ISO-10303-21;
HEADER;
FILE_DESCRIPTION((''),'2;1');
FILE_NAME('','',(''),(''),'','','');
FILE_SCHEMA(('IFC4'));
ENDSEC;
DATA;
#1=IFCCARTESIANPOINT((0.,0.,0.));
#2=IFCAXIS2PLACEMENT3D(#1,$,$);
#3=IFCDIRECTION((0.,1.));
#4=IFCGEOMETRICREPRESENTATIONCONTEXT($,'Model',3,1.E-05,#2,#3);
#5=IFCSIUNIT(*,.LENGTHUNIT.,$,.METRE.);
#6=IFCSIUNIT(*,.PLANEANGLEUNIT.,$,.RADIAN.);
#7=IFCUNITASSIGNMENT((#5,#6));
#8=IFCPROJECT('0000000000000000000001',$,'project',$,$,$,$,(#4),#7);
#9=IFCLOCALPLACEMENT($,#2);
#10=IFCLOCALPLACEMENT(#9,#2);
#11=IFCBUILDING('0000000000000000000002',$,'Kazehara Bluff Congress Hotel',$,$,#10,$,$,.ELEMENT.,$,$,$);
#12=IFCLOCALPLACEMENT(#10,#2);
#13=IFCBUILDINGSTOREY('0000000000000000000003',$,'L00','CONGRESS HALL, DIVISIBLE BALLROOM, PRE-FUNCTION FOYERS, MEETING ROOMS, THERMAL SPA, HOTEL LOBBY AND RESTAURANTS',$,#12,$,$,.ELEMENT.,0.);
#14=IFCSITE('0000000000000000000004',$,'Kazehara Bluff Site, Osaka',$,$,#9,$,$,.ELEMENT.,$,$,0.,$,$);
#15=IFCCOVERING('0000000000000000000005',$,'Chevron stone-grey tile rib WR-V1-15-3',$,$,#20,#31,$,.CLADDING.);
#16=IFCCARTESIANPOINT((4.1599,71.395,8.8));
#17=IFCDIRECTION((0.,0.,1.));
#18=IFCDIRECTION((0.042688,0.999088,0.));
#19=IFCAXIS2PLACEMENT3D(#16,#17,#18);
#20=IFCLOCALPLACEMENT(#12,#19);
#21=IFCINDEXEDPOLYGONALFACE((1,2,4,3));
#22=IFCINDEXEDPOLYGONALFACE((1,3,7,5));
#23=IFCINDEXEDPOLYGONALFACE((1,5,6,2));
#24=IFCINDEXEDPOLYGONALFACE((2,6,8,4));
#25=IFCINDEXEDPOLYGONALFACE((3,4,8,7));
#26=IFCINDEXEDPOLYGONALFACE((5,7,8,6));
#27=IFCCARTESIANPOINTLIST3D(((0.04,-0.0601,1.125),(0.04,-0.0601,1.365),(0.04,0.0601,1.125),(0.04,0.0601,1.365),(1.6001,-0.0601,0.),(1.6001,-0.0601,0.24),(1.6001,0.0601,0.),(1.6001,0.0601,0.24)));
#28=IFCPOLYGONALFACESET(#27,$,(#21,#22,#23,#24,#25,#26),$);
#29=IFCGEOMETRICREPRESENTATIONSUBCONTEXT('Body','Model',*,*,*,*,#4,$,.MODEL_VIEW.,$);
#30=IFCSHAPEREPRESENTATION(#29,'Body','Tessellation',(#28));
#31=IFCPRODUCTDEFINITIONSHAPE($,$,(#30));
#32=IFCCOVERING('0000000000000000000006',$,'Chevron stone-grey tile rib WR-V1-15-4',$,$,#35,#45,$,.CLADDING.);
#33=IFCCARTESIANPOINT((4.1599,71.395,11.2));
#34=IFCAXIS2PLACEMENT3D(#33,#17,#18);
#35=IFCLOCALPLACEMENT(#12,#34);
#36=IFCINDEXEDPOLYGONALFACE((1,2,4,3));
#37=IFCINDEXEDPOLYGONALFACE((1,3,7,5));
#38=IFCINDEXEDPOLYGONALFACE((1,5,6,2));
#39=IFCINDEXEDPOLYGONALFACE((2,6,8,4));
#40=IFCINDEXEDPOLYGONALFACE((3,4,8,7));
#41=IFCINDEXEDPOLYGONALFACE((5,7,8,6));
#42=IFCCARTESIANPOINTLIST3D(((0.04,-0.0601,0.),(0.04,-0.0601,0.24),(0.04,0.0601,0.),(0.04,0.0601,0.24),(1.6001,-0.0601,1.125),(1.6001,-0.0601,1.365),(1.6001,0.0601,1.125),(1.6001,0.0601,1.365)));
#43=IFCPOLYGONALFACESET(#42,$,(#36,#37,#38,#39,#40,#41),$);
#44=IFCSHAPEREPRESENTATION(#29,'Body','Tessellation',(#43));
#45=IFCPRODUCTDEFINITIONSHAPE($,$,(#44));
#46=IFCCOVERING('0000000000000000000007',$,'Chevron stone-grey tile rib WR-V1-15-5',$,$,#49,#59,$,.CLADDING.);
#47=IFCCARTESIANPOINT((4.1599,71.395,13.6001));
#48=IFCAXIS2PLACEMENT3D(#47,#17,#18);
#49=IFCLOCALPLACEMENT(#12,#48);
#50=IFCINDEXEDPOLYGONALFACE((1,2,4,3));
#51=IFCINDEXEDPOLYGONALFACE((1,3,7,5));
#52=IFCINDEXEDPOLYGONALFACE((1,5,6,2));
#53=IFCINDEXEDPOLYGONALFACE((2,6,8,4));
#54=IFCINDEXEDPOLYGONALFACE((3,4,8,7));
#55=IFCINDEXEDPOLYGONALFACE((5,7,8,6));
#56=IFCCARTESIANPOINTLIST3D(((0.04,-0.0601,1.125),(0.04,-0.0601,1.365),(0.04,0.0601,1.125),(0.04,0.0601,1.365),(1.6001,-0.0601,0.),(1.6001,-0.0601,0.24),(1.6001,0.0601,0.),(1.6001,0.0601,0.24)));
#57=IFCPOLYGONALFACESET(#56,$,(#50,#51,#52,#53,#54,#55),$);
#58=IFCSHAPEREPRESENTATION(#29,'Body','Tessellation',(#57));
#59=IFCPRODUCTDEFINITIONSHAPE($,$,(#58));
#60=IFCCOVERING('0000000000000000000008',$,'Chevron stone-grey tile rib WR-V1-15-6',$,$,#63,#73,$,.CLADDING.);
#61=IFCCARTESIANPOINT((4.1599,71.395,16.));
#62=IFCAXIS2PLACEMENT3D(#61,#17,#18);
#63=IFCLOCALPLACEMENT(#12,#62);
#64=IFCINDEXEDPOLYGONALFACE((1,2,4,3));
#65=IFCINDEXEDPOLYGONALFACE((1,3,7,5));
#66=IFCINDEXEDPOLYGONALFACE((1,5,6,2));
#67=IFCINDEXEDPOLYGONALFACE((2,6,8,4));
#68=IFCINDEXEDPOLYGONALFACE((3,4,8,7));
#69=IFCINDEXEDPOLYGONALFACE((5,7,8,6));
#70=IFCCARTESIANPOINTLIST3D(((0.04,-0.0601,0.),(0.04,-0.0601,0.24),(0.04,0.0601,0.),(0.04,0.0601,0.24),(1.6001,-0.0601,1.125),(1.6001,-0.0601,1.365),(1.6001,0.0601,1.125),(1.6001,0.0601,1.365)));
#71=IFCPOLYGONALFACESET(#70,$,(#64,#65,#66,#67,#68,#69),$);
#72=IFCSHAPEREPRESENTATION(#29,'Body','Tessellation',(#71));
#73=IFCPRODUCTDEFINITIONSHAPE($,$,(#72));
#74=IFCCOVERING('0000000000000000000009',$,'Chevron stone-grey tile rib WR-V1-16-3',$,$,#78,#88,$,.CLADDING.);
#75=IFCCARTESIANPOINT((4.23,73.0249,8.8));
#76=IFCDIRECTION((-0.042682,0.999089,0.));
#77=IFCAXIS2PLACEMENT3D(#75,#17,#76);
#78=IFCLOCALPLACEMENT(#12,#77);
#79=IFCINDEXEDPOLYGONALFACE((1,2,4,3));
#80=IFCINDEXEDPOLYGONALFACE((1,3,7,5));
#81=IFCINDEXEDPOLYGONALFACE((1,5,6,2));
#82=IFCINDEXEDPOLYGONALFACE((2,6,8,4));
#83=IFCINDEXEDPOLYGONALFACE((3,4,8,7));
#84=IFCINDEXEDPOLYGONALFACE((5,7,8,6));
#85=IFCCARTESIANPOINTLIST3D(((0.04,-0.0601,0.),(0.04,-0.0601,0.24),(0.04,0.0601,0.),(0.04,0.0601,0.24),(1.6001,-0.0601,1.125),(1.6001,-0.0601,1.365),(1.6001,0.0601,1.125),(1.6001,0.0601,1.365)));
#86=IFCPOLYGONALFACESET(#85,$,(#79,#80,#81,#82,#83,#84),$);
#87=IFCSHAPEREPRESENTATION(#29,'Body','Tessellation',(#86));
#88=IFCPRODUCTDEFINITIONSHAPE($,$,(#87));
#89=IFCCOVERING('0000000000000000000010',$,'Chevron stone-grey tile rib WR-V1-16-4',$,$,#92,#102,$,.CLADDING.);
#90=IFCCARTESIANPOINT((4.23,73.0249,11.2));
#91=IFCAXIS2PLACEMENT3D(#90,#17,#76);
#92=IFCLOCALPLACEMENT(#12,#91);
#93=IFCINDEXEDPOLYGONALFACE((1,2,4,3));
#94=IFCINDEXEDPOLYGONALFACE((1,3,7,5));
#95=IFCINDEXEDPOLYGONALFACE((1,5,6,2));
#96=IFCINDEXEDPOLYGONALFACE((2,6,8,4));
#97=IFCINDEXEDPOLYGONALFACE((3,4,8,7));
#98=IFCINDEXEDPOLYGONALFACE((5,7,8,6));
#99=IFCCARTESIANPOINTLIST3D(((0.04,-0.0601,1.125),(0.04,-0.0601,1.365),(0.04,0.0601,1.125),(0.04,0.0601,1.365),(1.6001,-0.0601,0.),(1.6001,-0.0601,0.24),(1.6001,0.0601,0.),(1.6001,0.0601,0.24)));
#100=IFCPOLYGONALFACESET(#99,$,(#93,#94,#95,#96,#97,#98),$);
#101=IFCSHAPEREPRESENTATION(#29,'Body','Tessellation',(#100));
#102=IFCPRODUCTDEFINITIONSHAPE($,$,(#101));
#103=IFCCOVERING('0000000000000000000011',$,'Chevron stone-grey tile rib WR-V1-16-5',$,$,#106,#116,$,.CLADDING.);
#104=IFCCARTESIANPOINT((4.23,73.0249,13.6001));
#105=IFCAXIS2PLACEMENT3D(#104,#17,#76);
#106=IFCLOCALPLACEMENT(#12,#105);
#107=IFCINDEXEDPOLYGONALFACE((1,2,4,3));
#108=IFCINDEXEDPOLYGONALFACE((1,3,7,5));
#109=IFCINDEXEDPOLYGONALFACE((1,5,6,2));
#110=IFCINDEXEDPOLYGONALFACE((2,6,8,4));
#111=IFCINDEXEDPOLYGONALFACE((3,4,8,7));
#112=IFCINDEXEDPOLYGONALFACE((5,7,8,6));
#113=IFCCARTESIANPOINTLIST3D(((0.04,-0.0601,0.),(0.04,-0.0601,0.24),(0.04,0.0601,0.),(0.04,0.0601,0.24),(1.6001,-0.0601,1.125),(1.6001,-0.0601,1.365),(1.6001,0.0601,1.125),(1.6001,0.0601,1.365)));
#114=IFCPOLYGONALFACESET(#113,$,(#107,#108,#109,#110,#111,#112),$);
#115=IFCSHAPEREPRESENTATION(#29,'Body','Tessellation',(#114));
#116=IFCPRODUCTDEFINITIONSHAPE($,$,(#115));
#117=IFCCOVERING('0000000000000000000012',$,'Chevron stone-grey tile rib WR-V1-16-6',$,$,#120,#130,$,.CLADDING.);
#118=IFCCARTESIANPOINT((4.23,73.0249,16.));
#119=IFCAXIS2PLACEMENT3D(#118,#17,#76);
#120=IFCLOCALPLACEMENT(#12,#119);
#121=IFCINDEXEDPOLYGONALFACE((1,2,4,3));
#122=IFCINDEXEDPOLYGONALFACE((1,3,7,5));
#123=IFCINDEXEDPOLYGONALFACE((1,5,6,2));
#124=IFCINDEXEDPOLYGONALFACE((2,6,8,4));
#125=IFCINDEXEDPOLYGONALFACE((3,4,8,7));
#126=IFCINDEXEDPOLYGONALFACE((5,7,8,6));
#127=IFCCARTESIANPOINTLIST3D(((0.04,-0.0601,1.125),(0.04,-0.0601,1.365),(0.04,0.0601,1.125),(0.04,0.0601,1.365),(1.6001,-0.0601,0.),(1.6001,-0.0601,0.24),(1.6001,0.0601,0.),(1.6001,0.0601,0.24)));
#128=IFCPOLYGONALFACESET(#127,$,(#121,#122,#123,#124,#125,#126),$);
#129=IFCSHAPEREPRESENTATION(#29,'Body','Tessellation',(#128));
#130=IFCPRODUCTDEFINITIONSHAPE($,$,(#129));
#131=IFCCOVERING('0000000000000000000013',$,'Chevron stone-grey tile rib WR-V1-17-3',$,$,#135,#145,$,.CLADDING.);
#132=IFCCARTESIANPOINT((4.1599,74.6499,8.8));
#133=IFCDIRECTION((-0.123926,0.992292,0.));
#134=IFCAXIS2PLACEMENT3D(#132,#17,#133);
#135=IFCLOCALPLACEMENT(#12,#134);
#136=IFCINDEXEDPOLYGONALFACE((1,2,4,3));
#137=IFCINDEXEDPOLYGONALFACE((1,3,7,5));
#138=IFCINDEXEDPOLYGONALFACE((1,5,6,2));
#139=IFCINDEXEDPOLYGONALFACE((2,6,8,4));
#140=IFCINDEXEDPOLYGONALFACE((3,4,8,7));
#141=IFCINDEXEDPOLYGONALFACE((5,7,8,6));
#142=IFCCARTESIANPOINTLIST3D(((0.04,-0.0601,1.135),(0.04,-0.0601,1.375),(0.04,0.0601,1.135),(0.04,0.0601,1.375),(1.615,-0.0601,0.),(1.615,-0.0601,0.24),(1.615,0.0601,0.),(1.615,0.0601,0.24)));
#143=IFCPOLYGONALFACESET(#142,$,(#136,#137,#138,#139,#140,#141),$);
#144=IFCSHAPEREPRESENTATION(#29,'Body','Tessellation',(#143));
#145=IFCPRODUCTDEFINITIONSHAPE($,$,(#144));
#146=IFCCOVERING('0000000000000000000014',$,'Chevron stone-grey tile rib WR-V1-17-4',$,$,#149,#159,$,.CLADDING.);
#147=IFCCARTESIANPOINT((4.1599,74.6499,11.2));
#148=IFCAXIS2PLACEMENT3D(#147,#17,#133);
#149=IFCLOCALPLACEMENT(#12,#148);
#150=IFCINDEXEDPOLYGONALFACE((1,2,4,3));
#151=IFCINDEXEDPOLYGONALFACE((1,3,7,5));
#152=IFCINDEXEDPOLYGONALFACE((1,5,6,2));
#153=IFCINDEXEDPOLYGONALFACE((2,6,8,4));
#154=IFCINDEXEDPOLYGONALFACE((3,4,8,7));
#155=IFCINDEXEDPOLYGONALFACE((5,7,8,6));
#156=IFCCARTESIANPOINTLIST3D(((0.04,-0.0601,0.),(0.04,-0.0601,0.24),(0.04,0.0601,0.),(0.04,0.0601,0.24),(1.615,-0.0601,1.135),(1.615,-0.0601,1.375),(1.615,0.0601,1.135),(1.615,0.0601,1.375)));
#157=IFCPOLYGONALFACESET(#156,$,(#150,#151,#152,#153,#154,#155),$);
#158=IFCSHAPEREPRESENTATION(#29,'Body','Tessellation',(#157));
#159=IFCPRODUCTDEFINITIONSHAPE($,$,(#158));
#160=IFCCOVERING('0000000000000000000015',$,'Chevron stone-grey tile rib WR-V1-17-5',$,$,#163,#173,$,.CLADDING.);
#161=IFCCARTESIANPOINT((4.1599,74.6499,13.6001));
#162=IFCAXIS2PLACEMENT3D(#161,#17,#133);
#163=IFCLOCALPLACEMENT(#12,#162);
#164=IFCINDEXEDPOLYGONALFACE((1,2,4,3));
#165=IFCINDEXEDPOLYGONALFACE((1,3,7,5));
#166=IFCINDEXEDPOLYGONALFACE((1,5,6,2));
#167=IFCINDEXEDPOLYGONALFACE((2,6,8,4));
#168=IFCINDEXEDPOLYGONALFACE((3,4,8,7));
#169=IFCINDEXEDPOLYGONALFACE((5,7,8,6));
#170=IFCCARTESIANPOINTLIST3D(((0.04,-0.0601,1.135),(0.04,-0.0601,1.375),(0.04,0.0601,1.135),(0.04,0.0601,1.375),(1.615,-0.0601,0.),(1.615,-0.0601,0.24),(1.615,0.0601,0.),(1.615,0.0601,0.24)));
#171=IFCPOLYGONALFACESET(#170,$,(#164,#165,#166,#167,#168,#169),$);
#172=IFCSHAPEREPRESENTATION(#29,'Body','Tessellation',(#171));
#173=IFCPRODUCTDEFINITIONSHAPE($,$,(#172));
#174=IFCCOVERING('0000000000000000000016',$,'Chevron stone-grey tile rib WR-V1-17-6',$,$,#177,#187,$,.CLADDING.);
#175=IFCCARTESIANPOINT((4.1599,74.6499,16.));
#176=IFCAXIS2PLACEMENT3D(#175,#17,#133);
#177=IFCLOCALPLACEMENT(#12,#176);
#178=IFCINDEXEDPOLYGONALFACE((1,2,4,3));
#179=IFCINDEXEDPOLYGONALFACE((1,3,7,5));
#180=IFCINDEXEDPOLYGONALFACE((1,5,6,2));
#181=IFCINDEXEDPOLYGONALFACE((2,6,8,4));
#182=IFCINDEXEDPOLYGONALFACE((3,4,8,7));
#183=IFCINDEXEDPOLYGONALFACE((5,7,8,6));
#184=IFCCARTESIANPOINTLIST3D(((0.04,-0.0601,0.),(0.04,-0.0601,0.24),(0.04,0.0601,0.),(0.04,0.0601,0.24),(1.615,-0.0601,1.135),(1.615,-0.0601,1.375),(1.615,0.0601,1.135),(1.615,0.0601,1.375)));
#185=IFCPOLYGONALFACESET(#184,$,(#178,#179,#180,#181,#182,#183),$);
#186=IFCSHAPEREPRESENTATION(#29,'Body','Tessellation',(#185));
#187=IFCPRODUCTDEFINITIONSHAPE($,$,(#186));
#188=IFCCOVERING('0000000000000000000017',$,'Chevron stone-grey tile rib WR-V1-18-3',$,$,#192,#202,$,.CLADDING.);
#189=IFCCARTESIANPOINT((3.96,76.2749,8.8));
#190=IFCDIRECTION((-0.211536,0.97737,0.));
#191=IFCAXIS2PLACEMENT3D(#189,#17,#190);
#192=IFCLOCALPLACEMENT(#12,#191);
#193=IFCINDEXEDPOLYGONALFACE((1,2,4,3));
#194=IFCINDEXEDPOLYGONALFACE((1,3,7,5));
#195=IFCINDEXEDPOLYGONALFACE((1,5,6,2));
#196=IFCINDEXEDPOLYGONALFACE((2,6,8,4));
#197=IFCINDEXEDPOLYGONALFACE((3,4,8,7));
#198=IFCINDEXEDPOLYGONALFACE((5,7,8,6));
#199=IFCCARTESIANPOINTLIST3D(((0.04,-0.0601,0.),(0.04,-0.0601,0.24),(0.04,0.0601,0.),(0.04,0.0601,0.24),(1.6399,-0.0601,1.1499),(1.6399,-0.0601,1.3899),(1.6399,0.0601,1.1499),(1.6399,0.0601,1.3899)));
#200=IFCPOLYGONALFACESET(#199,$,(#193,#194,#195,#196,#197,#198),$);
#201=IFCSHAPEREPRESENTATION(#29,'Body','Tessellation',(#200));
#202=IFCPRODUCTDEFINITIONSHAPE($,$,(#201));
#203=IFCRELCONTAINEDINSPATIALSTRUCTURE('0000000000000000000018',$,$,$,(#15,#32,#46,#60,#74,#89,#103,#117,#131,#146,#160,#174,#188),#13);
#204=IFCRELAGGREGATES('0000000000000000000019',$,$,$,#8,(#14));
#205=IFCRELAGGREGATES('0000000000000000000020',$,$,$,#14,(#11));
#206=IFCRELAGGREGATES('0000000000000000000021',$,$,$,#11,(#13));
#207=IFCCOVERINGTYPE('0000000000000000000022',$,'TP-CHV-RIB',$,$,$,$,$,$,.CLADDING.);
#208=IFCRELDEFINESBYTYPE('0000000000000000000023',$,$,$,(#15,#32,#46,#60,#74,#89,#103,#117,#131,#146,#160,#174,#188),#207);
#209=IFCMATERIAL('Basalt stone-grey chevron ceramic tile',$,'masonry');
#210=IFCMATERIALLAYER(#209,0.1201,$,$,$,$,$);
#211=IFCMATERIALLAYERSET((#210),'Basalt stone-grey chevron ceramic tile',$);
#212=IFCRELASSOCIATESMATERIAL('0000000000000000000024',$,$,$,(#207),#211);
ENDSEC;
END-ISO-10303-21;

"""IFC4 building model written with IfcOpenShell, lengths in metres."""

from ifc_helpers import new_model, si_unit, direction, frame, origin, place, context, subcontext, project, spatial, polyline, outline, extrude, material, layer, layer_set, type_object, element, save


model = new_model("IFC4")

# Units and contexts
model_context = context("Model", 3, precision=1e-05, world=origin(), true_north=direction((0.0, 1.0)))
body_context = subcontext(model_context, "Body", "Model", "MODEL_VIEW")
ifc_project = project(units=[si_unit("LENGTHUNIT", "METRE"), si_unit("PLANEANGLEUNIT", "RADIAN")], contexts=[model_context])

# Site, building, storey
site_placement = place(None, origin())
site = spatial("IfcSite", under=ifc_project, at=site_placement, Name="Kazehara Bluff Site, Osaka", CompositionType="ELEMENT", RefElevation=0.0)
building_placement = place(site_placement, origin())
building = spatial("IfcBuilding", under=site, at=building_placement, Name="Kazehara Bluff Congress Hotel", CompositionType="ELEMENT")
storey_placement = place(building_placement, origin())
storey = spatial("IfcBuildingStorey", under=building, at=storey_placement, Name="L00", Description="CONGRESS HALL, DIVISIBLE BALLROOM, PRE-FUNCTION FOYERS, MEETING ROOMS, THERMAL SPA, HOTEL LOBBY AND RESTAURANTS", CompositionType="ELEMENT", Elevation=0.0)

# Coverings
ifc_material = material(Name="Basalt stone-grey chevron ceramic tile", Category="masonry")
ifc_layer = layer(ifc_material, 0.1201)
ifc_layer_set = layer_set([ifc_layer], Name="Basalt stone-grey chevron ceramic tile")
covering_type = type_object("IfcCoveringType", Name="TP-CHV-RIB", PredefinedType="CLADDING", material=ifc_layer_set)
covering_1_placement = place(storey_placement, frame((4.1599, 71.395, 8.8), z_axis=(0.0, 0.0, 1.0), x_axis=(0.042688, 0.999088, 0.0)))
element("IfcCovering", 1, at=covering_1_placement, inside=storey, type_object=covering_type, Name="Chevron stone-grey tile rib WR-V1-15-3", PredefinedType="CLADDING", context=body_context, shape_type="SweptSolid", body=[
    extrude(outline(polyline([(0.04, 1.125), (1.6001, 0.0), (1.6001, 0.24), (0.04, 1.365), (0.04, 1.125)])), frame((0.0, 0.0601, 0.0), z_axis=(0.0, -1.0, 0.0), x_axis=(1.0, 0.0, 0.0)), (0.0, 0.0, 1.0), 0.1201),
])
covering_2_placement = place(storey_placement, frame((4.1599, 71.395, 11.2), z_axis=(0.0, 0.0, 1.0), x_axis=(0.042688, 0.999088, 0.0)))
element("IfcCovering", 2, at=covering_2_placement, inside=storey, type_object=covering_type, Name="Chevron stone-grey tile rib WR-V1-15-4", PredefinedType="CLADDING", context=body_context, shape_type="SweptSolid", body=[
    extrude(outline(polyline([(0.04, 0.0), (1.6001, 1.125), (1.6001, 1.365), (0.04, 0.24), (0.04, 0.0)])), frame((0.0, 0.0601, 0.0), z_axis=(0.0, -1.0, 0.0), x_axis=(1.0, 0.0, 0.0)), (0.0, 0.0, 1.0), 0.1201),
])
covering_3_placement = place(storey_placement, frame((4.1599, 71.395, 13.6001), z_axis=(0.0, 0.0, 1.0), x_axis=(0.042688, 0.999088, 0.0)))
element("IfcCovering", 3, at=covering_3_placement, inside=storey, type_object=covering_type, Name="Chevron stone-grey tile rib WR-V1-15-5", PredefinedType="CLADDING", context=body_context, shape_type="SweptSolid", body=[
    extrude(outline(polyline([(0.04, 1.125), (1.6001, 0.0), (1.6001, 0.24), (0.04, 1.365), (0.04, 1.125)])), frame((0.0, 0.0601, 0.0), z_axis=(0.0, -1.0, 0.0), x_axis=(1.0, 0.0, 0.0)), (0.0, 0.0, 1.0), 0.1201),
])
for number, where, z_axis, x_axis, name in (
    (4, (4.1599, 71.395, 16.0), (0.0, 0.0, 1.0), (0.042688, 0.999088, 0.0), "Chevron stone-grey tile rib WR-V1-15-6"),
    (5, (4.23, 73.0249, 8.8), (0.0, 0.0, 1.0), (-0.042682, 0.999089, 0.0), "Chevron stone-grey tile rib WR-V1-16-3"),
):
    element("IfcCovering", number, at=place(storey_placement, frame(where, z_axis=z_axis, x_axis=x_axis)), inside=storey, type_object=covering_type, Name=name, PredefinedType="CLADDING", context=body_context, shape_type="SweptSolid", body=[
        extrude(outline(polyline([(0.04, 0.0), (1.6001, 1.125), (1.6001, 1.365), (0.04, 0.24), (0.04, 0.0)])), frame((0.0, 0.0601, 0.0), z_axis=(0.0, -1.0, 0.0), x_axis=(1.0, 0.0, 0.0)), (0.0, 0.0, 1.0), 0.1201),
    ])
covering_4_placement = place(storey_placement, frame((4.23, 73.0249, 11.2), z_axis=(0.0, 0.0, 1.0), x_axis=(-0.042682, 0.999089, 0.0)))
element("IfcCovering", 6, at=covering_4_placement, inside=storey, type_object=covering_type, Name="Chevron stone-grey tile rib WR-V1-16-4", PredefinedType="CLADDING", context=body_context, shape_type="SweptSolid", body=[
    extrude(outline(polyline([(0.04, 1.125), (1.6001, 0.0), (1.6001, 0.24), (0.04, 1.365), (0.04, 1.125)])), frame((0.0, 0.0601, 0.0), z_axis=(0.0, -1.0, 0.0), x_axis=(1.0, 0.0, 0.0)), (0.0, 0.0, 1.0), 0.1201),
])
covering_5_placement = place(storey_placement, frame((4.23, 73.0249, 13.6001), z_axis=(0.0, 0.0, 1.0), x_axis=(-0.042682, 0.999089, 0.0)))
element("IfcCovering", 7, at=covering_5_placement, inside=storey, type_object=covering_type, Name="Chevron stone-grey tile rib WR-V1-16-5", PredefinedType="CLADDING", context=body_context, shape_type="SweptSolid", body=[
    extrude(outline(polyline([(0.04, 0.0), (1.6001, 1.125), (1.6001, 1.365), (0.04, 0.24), (0.04, 0.0)])), frame((0.0, 0.0601, 0.0), z_axis=(0.0, -1.0, 0.0), x_axis=(1.0, 0.0, 0.0)), (0.0, 0.0, 1.0), 0.1201),
])
covering_6_placement = place(storey_placement, frame((4.23, 73.0249, 16.0), z_axis=(0.0, 0.0, 1.0), x_axis=(-0.042682, 0.999089, 0.0)))
element("IfcCovering", 8, at=covering_6_placement, inside=storey, type_object=covering_type, Name="Chevron stone-grey tile rib WR-V1-16-6", PredefinedType="CLADDING", context=body_context, shape_type="SweptSolid", body=[
    extrude(outline(polyline([(0.04, 1.125), (1.6001, 0.0), (1.6001, 0.24), (0.04, 1.365), (0.04, 1.125)])), frame((0.0, 0.0601, 0.0), z_axis=(0.0, -1.0, 0.0), x_axis=(1.0, 0.0, 0.0)), (0.0, 0.0, 1.0), 0.1201),
])
covering_7_placement = place(storey_placement, frame((4.1599, 74.6499, 8.8), z_axis=(0.0, 0.0, 1.0), x_axis=(-0.123926, 0.992292, 0.0)))
element("IfcCovering", 9, at=covering_7_placement, inside=storey, type_object=covering_type, Name="Chevron stone-grey tile rib WR-V1-17-3", PredefinedType="CLADDING", context=body_context, shape_type="SweptSolid", body=[
    extrude(outline(polyline([(0.04, 1.135), (1.615, 0.0), (1.615, 0.24), (0.04, 1.375), (0.04, 1.135)])), frame((0.0, 0.0601, 0.0), z_axis=(0.0, -1.0, 0.0), x_axis=(1.0, 0.0, 0.0)), (0.0, 0.0, 1.0), 0.1201),
])
covering_8_placement = place(storey_placement, frame((4.1599, 74.6499, 11.2), z_axis=(0.0, 0.0, 1.0), x_axis=(-0.123926, 0.992292, 0.0)))
element("IfcCovering", 10, at=covering_8_placement, inside=storey, type_object=covering_type, Name="Chevron stone-grey tile rib WR-V1-17-4", PredefinedType="CLADDING", context=body_context, shape_type="SweptSolid", body=[
    extrude(outline(polyline([(0.04, 0.0), (1.615, 1.135), (1.615, 1.375), (0.04, 0.24), (0.04, 0.0)])), frame((0.0, 0.0601, 0.0), z_axis=(0.0, -1.0, 0.0), x_axis=(1.0, 0.0, 0.0)), (0.0, 0.0, 1.0), 0.1201),
])
covering_9_placement = place(storey_placement, frame((4.1599, 74.6499, 13.6001), z_axis=(0.0, 0.0, 1.0), x_axis=(-0.123926, 0.992292, 0.0)))
element("IfcCovering", 11, at=covering_9_placement, inside=storey, type_object=covering_type, Name="Chevron stone-grey tile rib WR-V1-17-5", PredefinedType="CLADDING", context=body_context, shape_type="SweptSolid", body=[
    extrude(outline(polyline([(0.04, 1.135), (1.615, 0.0), (1.615, 0.24), (0.04, 1.375), (0.04, 1.135)])), frame((0.0, 0.0601, 0.0), z_axis=(0.0, -1.0, 0.0), x_axis=(1.0, 0.0, 0.0)), (0.0, 0.0, 1.0), 0.1201),
])
covering_10_placement = place(storey_placement, frame((4.1599, 74.6499, 16.0), z_axis=(0.0, 0.0, 1.0), x_axis=(-0.123926, 0.992292, 0.0)))
element("IfcCovering", 12, at=covering_10_placement, inside=storey, type_object=covering_type, Name="Chevron stone-grey tile rib WR-V1-17-6", PredefinedType="CLADDING", context=body_context, shape_type="SweptSolid", body=[
    extrude(outline(polyline([(0.04, 0.0), (1.615, 1.135), (1.615, 1.375), (0.04, 0.24), (0.04, 0.0)])), frame((0.0, 0.0601, 0.0), z_axis=(0.0, -1.0, 0.0), x_axis=(1.0, 0.0, 0.0)), (0.0, 0.0, 1.0), 0.1201),
])
covering_11_placement = place(storey_placement, frame((3.96, 76.2749, 8.8), z_axis=(0.0, 0.0, 1.0), x_axis=(-0.211536, 0.97737, 0.0)))
element("IfcCovering", 13, at=covering_11_placement, inside=storey, type_object=covering_type, Name="Chevron stone-grey tile rib WR-V1-18-3", PredefinedType="CLADDING", context=body_context, shape_type="SweptSolid", body=[
    extrude(outline(polyline([(0.04, 0.0), (1.6399, 1.1499), (1.6399, 1.3899), (0.04, 0.24), (0.04, 0.0)])), frame((0.0, 0.0601, 0.0), z_axis=(0.0, -1.0, 0.0), x_axis=(1.0, 0.0, 0.0)), (0.0, 0.0, 1.0), 0.1201),
])

save(model, "model.ifc")
